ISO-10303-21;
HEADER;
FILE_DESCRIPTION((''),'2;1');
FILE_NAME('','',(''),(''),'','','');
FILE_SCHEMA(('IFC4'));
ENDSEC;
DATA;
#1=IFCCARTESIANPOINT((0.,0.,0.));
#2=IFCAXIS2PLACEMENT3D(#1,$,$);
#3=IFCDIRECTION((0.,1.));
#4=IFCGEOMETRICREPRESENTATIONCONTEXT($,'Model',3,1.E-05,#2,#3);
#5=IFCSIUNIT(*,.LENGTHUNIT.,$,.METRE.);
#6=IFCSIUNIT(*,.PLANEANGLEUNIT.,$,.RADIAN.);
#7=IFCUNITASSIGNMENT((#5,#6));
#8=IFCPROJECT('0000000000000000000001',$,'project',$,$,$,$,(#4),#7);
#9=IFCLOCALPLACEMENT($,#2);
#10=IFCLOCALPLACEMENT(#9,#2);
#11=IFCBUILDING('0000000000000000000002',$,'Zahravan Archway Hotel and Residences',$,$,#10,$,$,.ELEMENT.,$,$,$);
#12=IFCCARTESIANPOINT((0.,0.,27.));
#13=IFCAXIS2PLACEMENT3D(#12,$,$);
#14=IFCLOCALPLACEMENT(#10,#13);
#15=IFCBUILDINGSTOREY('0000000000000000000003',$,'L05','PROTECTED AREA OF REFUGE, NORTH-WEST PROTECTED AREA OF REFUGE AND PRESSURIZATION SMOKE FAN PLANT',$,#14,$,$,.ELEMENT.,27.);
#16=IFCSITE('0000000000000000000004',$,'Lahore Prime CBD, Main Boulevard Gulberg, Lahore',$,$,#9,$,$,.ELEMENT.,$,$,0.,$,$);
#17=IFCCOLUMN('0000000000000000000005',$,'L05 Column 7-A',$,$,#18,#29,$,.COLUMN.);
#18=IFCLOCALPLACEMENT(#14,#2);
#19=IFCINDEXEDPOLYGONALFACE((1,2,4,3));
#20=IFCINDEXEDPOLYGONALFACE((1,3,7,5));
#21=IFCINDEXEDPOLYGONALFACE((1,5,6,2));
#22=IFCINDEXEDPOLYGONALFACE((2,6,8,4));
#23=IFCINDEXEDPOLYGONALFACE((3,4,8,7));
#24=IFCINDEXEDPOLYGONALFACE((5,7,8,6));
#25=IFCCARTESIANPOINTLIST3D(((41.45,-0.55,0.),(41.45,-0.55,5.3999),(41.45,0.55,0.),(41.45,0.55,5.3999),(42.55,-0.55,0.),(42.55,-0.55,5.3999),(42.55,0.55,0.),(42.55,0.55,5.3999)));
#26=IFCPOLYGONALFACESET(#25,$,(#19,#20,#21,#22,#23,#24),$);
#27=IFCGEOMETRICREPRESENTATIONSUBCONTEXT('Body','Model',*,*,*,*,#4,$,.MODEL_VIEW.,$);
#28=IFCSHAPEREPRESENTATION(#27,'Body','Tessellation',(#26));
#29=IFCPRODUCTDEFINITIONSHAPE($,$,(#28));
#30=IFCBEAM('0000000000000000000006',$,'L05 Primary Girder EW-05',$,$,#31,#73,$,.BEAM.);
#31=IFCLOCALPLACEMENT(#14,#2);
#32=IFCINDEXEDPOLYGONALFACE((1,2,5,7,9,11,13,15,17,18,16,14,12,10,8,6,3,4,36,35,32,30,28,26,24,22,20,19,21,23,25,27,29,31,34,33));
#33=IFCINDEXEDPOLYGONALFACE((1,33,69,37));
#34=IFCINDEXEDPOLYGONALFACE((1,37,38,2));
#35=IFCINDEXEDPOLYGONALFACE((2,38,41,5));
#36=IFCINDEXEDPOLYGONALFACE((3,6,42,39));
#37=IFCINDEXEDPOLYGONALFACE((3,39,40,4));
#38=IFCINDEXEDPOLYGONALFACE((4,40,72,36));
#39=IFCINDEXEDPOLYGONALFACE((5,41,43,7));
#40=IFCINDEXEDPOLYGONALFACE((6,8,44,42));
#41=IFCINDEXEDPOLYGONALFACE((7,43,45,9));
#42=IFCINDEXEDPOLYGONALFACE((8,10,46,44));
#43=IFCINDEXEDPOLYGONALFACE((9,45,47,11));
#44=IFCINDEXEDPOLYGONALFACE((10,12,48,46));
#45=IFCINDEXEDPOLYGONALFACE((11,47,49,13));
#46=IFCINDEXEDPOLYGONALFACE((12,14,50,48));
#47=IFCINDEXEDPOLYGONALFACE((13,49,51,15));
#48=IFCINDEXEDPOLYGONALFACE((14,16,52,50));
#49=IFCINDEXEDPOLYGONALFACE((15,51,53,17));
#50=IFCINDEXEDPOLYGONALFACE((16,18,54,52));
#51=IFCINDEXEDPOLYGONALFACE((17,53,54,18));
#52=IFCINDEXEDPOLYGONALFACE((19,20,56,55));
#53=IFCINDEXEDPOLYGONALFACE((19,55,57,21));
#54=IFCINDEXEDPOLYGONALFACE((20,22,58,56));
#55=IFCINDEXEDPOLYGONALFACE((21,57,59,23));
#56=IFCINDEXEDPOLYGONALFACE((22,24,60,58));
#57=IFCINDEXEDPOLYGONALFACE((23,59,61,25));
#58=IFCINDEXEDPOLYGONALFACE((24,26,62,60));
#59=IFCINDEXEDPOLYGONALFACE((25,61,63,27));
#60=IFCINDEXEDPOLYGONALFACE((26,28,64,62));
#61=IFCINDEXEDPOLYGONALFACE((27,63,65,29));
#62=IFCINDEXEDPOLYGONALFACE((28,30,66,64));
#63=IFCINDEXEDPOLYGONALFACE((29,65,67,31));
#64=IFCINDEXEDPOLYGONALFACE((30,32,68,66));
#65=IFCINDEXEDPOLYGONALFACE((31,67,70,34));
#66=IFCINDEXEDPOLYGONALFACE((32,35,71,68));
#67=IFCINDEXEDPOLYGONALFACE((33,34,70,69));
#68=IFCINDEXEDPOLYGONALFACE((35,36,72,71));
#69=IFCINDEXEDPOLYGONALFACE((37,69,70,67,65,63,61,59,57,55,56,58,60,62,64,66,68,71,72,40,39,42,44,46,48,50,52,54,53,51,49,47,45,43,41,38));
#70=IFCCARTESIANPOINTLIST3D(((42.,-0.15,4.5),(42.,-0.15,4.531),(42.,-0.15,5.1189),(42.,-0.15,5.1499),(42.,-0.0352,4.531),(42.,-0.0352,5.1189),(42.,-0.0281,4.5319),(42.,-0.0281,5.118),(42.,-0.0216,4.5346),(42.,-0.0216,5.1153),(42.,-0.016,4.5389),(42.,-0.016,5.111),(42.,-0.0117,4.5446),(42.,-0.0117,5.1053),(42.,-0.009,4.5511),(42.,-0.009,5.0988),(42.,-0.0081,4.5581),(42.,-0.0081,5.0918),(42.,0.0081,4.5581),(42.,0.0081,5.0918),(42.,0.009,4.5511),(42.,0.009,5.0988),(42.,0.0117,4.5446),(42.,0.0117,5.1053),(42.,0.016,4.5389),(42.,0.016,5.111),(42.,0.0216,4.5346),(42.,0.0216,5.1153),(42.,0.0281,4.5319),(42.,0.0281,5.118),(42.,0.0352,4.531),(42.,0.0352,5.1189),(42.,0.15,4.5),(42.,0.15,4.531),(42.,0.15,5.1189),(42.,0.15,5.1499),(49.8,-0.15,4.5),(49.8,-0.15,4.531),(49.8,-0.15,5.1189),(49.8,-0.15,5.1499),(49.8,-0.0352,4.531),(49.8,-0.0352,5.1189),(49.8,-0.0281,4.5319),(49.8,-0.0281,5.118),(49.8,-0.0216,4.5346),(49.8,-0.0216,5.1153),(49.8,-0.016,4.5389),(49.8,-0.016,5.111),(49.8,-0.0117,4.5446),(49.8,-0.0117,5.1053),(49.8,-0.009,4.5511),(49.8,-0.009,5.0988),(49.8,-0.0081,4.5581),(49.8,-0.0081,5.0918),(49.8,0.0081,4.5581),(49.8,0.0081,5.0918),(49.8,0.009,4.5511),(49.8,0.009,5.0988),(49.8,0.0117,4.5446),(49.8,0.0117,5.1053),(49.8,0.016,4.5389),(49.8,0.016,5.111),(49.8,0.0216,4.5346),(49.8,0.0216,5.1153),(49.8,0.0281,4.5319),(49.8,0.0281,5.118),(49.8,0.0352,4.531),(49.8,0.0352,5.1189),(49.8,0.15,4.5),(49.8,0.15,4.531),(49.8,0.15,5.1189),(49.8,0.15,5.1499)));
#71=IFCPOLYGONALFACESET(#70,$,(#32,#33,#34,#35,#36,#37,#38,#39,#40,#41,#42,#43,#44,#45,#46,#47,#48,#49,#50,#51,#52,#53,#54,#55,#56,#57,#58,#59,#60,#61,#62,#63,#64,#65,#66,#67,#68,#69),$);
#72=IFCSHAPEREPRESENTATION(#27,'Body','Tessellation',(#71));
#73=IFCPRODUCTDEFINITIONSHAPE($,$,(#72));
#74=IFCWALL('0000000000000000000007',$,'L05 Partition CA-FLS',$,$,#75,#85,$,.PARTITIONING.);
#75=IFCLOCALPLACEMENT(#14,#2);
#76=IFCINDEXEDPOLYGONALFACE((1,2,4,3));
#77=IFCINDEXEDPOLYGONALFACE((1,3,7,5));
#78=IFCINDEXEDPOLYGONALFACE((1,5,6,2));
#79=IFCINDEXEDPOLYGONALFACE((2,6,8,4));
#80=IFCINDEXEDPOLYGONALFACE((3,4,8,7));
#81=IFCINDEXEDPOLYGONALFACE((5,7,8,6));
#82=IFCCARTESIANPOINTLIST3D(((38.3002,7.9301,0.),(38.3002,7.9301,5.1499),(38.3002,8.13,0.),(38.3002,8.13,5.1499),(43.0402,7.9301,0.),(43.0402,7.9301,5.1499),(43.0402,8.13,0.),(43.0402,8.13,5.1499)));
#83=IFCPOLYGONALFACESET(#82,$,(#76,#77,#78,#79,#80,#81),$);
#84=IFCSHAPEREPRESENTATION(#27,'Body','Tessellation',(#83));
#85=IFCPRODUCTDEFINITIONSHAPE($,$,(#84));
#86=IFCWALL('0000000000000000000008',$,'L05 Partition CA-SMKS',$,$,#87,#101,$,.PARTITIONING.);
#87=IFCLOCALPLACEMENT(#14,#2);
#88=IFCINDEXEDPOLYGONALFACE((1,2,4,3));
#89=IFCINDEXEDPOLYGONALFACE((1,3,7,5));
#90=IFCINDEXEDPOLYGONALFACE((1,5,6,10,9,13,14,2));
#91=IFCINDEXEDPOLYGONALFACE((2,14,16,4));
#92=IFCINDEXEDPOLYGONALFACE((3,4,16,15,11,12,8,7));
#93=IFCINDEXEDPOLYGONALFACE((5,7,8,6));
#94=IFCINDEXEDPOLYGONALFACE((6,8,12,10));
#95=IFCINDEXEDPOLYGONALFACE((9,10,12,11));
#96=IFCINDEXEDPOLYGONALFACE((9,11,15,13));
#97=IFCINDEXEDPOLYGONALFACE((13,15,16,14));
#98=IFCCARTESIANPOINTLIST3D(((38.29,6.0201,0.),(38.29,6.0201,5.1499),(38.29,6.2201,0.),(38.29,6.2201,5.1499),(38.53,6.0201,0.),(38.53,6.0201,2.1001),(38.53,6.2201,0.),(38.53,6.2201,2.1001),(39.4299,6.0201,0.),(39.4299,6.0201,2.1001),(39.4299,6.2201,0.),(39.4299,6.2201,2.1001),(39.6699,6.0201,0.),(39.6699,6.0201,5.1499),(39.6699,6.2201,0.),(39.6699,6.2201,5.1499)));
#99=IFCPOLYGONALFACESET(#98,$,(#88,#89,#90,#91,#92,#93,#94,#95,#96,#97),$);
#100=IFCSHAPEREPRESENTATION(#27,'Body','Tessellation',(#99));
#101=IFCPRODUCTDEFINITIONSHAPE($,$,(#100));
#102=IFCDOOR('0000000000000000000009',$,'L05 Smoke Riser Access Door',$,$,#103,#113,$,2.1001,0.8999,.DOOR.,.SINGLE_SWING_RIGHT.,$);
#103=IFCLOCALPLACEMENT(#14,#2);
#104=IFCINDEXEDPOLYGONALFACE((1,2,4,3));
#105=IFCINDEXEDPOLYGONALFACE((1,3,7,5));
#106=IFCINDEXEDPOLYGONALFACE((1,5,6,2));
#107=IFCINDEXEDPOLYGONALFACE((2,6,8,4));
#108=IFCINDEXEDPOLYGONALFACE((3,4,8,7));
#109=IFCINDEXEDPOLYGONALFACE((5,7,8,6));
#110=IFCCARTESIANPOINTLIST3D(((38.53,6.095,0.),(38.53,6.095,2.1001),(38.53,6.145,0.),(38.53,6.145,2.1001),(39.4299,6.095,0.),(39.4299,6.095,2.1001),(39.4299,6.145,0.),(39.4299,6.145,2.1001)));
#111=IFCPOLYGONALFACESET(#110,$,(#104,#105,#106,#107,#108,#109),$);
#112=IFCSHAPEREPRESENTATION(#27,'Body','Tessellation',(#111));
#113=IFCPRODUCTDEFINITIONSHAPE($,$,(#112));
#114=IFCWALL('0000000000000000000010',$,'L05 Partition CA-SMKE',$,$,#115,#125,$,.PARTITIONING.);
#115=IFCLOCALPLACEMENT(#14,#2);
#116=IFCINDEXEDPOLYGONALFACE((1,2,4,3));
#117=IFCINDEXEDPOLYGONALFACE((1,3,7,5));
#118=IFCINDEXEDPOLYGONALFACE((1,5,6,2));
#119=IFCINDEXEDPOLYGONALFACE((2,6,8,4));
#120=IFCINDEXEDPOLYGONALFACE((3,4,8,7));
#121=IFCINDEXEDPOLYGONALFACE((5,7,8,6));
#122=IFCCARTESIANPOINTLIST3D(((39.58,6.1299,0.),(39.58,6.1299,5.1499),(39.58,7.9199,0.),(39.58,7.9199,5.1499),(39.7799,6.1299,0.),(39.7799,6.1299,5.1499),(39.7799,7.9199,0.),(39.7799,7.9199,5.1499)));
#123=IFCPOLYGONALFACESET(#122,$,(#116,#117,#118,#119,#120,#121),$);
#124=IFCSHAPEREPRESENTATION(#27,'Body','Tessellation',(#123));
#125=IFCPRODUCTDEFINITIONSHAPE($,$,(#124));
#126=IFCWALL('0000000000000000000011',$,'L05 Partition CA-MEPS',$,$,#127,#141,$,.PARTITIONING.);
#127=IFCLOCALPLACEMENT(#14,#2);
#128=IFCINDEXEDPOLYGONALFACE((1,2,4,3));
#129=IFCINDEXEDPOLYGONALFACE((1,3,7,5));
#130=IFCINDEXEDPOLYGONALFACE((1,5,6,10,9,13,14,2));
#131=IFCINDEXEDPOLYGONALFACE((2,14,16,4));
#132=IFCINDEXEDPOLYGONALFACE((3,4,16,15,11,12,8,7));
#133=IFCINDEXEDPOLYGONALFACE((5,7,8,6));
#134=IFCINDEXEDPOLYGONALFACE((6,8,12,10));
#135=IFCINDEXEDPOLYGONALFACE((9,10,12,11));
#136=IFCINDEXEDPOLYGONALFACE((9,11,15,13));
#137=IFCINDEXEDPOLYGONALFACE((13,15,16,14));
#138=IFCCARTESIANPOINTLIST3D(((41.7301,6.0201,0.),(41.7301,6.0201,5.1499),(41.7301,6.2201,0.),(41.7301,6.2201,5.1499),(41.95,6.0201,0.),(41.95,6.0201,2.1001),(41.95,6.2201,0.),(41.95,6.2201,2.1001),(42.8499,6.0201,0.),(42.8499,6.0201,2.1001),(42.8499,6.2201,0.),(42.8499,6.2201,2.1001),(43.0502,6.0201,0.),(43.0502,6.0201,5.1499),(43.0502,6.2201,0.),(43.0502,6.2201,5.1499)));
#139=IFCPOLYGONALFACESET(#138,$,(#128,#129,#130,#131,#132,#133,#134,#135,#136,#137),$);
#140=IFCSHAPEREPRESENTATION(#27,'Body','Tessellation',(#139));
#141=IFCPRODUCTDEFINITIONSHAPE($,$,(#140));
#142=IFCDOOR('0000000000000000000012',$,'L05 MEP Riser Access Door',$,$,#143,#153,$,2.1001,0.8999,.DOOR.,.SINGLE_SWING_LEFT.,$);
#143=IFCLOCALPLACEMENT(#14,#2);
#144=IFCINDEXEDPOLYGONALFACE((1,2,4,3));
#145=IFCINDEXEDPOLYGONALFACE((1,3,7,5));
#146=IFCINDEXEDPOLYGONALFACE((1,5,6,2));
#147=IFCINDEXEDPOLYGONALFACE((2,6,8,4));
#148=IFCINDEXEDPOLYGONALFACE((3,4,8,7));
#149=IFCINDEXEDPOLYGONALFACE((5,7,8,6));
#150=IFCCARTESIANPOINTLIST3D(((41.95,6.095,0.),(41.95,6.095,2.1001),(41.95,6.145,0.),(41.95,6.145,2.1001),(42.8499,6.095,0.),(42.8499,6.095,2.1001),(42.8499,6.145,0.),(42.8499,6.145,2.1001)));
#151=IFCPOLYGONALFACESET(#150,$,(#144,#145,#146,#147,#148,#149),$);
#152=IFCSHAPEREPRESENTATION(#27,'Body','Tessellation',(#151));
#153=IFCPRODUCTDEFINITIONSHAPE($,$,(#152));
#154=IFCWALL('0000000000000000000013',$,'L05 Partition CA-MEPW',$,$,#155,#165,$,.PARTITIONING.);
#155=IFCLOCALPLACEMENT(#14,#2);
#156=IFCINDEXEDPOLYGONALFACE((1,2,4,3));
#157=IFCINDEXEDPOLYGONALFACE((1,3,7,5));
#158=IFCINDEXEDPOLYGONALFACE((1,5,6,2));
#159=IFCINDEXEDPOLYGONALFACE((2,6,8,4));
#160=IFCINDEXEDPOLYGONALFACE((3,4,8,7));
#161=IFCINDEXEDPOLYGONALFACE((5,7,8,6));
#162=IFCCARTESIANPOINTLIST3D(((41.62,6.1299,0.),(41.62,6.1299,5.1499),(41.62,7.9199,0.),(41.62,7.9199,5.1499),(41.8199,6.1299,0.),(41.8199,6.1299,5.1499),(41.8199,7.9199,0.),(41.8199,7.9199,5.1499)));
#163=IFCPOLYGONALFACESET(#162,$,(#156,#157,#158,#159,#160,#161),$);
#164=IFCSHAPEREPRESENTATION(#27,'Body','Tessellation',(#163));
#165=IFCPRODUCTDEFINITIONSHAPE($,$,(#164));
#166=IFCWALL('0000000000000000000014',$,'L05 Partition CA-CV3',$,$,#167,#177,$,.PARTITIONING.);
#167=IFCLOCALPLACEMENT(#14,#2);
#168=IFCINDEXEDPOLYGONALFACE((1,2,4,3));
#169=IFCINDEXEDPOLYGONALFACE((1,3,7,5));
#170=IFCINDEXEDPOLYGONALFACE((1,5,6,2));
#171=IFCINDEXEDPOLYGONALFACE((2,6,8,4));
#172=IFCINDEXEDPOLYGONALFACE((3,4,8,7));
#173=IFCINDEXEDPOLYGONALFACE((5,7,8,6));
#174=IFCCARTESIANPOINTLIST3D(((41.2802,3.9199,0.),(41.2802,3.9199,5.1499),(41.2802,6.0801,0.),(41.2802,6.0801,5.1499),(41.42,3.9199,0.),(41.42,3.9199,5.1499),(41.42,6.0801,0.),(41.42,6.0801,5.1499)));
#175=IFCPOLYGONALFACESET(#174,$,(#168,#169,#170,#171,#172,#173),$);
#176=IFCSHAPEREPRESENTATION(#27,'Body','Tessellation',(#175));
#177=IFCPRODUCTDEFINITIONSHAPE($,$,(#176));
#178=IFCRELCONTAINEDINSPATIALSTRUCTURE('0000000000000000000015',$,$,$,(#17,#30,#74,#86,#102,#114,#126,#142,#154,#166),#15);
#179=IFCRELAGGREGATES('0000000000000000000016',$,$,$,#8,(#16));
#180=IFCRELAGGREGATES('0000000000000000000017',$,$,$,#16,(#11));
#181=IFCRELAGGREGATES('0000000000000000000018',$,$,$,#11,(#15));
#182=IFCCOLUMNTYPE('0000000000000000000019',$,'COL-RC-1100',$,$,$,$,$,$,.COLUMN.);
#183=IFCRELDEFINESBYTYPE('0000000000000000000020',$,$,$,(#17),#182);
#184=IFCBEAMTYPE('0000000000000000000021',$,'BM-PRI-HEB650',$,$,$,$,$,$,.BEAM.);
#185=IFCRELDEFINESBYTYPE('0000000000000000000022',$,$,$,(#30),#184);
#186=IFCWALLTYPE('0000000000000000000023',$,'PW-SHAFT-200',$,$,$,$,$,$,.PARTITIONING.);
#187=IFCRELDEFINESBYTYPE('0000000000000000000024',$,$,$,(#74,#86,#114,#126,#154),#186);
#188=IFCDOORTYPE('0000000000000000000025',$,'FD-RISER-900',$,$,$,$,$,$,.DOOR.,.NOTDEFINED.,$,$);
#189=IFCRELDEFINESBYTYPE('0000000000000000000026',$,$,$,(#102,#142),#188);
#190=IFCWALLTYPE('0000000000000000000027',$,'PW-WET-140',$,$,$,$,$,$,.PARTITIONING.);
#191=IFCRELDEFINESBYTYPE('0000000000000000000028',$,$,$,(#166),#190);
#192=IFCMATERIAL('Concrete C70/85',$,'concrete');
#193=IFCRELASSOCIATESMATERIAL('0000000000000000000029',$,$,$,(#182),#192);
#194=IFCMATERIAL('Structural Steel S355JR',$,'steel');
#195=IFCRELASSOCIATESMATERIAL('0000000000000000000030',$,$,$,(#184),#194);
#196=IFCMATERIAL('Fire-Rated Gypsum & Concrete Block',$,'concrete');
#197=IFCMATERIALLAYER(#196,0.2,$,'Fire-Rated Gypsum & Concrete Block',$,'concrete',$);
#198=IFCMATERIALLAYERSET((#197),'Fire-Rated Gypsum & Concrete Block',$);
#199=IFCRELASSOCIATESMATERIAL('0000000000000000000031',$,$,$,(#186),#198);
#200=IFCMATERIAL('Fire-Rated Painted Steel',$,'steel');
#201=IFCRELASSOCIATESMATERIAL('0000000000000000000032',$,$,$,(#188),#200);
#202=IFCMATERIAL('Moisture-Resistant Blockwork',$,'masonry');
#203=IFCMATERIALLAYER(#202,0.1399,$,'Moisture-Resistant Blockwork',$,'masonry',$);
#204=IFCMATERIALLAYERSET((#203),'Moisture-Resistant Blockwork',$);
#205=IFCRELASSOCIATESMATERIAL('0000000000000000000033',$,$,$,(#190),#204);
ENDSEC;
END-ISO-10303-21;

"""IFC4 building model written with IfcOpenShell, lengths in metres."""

from ifc_helpers import new_model, si_unit, direction, frame, frame_2d, origin, origin_2d, place, context, subcontext, project, spatial, rectangle, i_section, extrude, source, transform, mapped, material, layer, layer_set, material_profile, profile_set, type_object, type_shapes, element, fill, save


model = new_model("IFC4")

# Units and contexts
model_context = context("Model", 3, precision=1e-05, world=origin(), true_north=direction((0.0, 1.0)))
body_context = subcontext(model_context, "Body", "Model", "MODEL_VIEW")
ifc_project = project(units=[si_unit("LENGTHUNIT", "METRE"), si_unit("PLANEANGLEUNIT", "RADIAN")], contexts=[model_context])

# Site, building, storey
site_placement = place(None, origin())
site = spatial("IfcSite", under=ifc_project, at=site_placement, Name="Lahore Prime CBD, Main Boulevard Gulberg, Lahore", CompositionType="ELEMENT", RefElevation=0.0)
building_placement = place(site_placement, origin())
building = spatial("IfcBuilding", under=site, at=building_placement, Name="Zahravan Archway Hotel and Residences", CompositionType="ELEMENT")
storey_placement = place(building_placement, frame((0.0, 0.0, 27.0)))
storey = spatial("IfcBuildingStorey", under=building, at=storey_placement, Name="L05", Description="PROTECTED AREA OF REFUGE, NORTH-WEST PROTECTED AREA OF REFUGE AND PRESSURIZATION SMOKE FAN PLANT", CompositionType="ELEMENT", Elevation=27.0)

# Column
ifc_material_1 = material(Name="Concrete C70/85", Category="concrete")
ifc_material_profile_1 = material_profile(ifc_material_1, rectangle(XDim=1.1001, YDim=1.1001, at=origin_2d()), Name="RC 1100x1100", Category="concrete")
ifc_profile_set_1 = profile_set([ifc_material_profile_1], Name="Concrete C70/85")
column_type = type_object("IfcColumnType", Name="COL-RC-1100", PredefinedType="COLUMN", material=ifc_profile_set_1)
shared_shape_1 = source(origin(), body_context, "Body", "SweptSolid", [
    extrude(rectangle(XDim=1.1001, YDim=1.1001, at=origin_2d()), origin(), (0.0, 0.0, 1.0), 5.3999),
])
column_placement = place(storey_placement, frame((42.0, 0.0, 0.0), z_axis=(0.0, 0.0, 1.0), x_axis=(1.0, 0.0, 0.0)))
element("IfcColumn", 1, at=column_placement, inside=storey, type_object=column_type, Name="L05 Column 7-A", PredefinedType="COLUMN", context=body_context, shape_type="MappedRepresentation", body=[
    mapped(shared_shape_1, transform((0.0, 0.0, 0.0), scale=1.0)),
])

# Beam
ifc_material_2 = material(Name="Structural Steel S355JR", Category="steel")
ifc_material_profile_2 = material_profile(ifc_material_2, i_section(OverallWidth=0.3, OverallDepth=0.6499, WebThickness=0.0161, FlangeThickness=0.031, FilletRadius=0.0271, at=origin_2d()), Name="HEB 650", Category="steel")
ifc_profile_set_2 = profile_set([ifc_material_profile_2], Name="Structural Steel S355JR")
beam_type = type_object("IfcBeamType", Name="BM-PRI-HEB650", PredefinedType="BEAM", material=ifc_profile_set_2)
shared_shape_2 = source(origin(), body_context, "Body", "SweptSolid", [
    extrude(i_section(OverallWidth=0.3, OverallDepth=0.6499, WebThickness=0.0161, FlangeThickness=0.031, FilletRadius=0.0271, at=origin_2d()), origin(), (0.0, 0.0, 1.0), 7.8),
])
beam_placement = place(storey_placement, frame((42.0, 0.0, 4.825), z_axis=(1.0, 0.0, 0.0), x_axis=(0.0, 1.0, 0.0)))
element("IfcBeam", 2, at=beam_placement, inside=storey, type_object=beam_type, Name="L05 Primary Girder EW-05", PredefinedType="BEAM", context=body_context, shape_type="MappedRepresentation", body=[
    mapped(shared_shape_2, transform((0.0, 0.0, 0.0), scale=1.0)),
])

# Wall
ifc_material_3 = material(Name="Fire-Rated Gypsum & Concrete Block", Category="concrete")
ifc_layer_1 = layer(ifc_material_3, 0.2, Name="Fire-Rated Gypsum & Concrete Block", Category="concrete")
ifc_layer_set_1 = layer_set([ifc_layer_1], Name="Fire-Rated Gypsum & Concrete Block")
wall_type_1 = type_object("IfcWallType", Name="PW-SHAFT-200", PredefinedType="PARTITIONING", material=ifc_layer_set_1)
wall_1_placement = place(storey_placement, frame((38.3, 8.03, 0.0), z_axis=(0.0, 0.0, 1.0), x_axis=(1.0, 0.0, 0.0)))
element("IfcWall", 3, at=wall_1_placement, inside=storey, type_object=wall_type_1, Name="L05 Partition CA-FLS", PredefinedType="PARTITIONING", context=body_context, shape_type="SweptSolid", body=[
    extrude(rectangle(XDim=4.74, YDim=0.2, at=frame_2d((2.3701, 0.0))), origin(), (0.0, 0.0, 1.0), 5.1499),
])

# Wall, opening, door
wall_2_placement = place(storey_placement, frame((38.29, 6.1201, 0.0), z_axis=(0.0, 0.0, 1.0), x_axis=(1.0, 0.0, 0.0)))
wall_2 = element("IfcWall", 4, at=wall_2_placement, inside=storey, type_object=wall_type_1, Name="L05 Partition CA-SMKS", PredefinedType="PARTITIONING", context=body_context, shape_type="SweptSolid", body=[
    extrude(rectangle(XDim=1.3799, YDim=0.2, at=frame_2d((0.6899, 0.0))), origin(), (0.0, 0.0, 1.0), 5.1499),
])
opening_1_placement = place(wall_2_placement, frame((0.24, 0.0, 0.0)))
opening_1 = element("IfcOpeningElement", 5, at=opening_1_placement, cuts=wall_2, PredefinedType="OPENING", context=body_context, shape_type="SweptSolid", body=[
    extrude(rectangle(XDim=0.8999, YDim=2.1001, at=frame_2d((0.45, 1.05))), frame((0.0, 0.1099, 0.0), z_axis=(0.0, -1.0, 0.0), x_axis=(1.0, 0.0, 0.0)), (0.0, 0.0, 1.0), 0.22),
])
ifc_material_4 = material(Name="Fire-Rated Painted Steel", Category="steel")
door_type = type_object("IfcDoorType", Name="FD-RISER-900", OperationType="NOTDEFINED", PredefinedType="DOOR", material=ifc_material_4)
shared_shape_3 = source(origin(), body_context, "Body", "SweptSolid", [
    extrude(rectangle(XDim=0.8999, YDim=2.1001, at=frame_2d((0.45, 1.05))), frame((0.0, 0.0249, 0.0), z_axis=(0.0, -1.0, 0.0), x_axis=(1.0, 0.0, 0.0)), (0.0, 0.0, 1.0), 0.05),
])
type_shapes(door_type, [shared_shape_3])
door_1_placement = place(opening_1_placement, origin())
door_1 = element("IfcDoor", 6, at=door_1_placement, inside=storey, type_object=door_type, Name="L05 Smoke Riser Access Door", OperationType="SINGLE_SWING_RIGHT", OverallHeight=2.1001, OverallWidth=0.8999, PredefinedType="DOOR", context=body_context, shape_type="MappedRepresentation", body=[
    mapped(shared_shape_3, transform((0.0, 0.0, 0.0), scale=1.0)),
])
fill(opening_1, door_1)

# Wall
wall_3_placement = place(storey_placement, frame((39.6799, 6.1299, 0.0), z_axis=(0.0, 0.0, 1.0), x_axis=(0.0, 1.0, 0.0)))
element("IfcWall", 7, at=wall_3_placement, inside=storey, type_object=wall_type_1, Name="L05 Partition CA-SMKE", PredefinedType="PARTITIONING", context=body_context, shape_type="SweptSolid", body=[
    extrude(rectangle(XDim=1.79, YDim=0.2, at=frame_2d((0.895, 0.0))), origin(), (0.0, 0.0, 1.0), 5.1499),
])

# Wall, opening, door
wall_4_placement = place(storey_placement, frame((41.73, 6.1201, 0.0), z_axis=(0.0, 0.0, 1.0), x_axis=(1.0, 0.0, 0.0)))
wall_4 = element("IfcWall", 8, at=wall_4_placement, inside=storey, type_object=wall_type_1, Name="L05 Partition CA-MEPS", PredefinedType="PARTITIONING", context=body_context, shape_type="SweptSolid", body=[
    extrude(rectangle(XDim=1.3201, YDim=0.2, at=frame_2d((0.6602, 0.0))), origin(), (0.0, 0.0, 1.0), 5.1499),
])
opening_2_placement = place(wall_4_placement, frame((0.22, 0.0, 0.0)))
opening_2 = element("IfcOpeningElement", 9, at=opening_2_placement, cuts=wall_4, PredefinedType="OPENING", context=body_context, shape_type="SweptSolid", body=[
    extrude(rectangle(XDim=0.8999, YDim=2.1001, at=frame_2d((0.45, 1.05))), frame((0.0, 0.1099, 0.0), z_axis=(0.0, -1.0, 0.0), x_axis=(1.0, 0.0, 0.0)), (0.0, 0.0, 1.0), 0.22),
])
door_2_placement = place(opening_2_placement, origin())
door_2 = element("IfcDoor", 10, at=door_2_placement, inside=storey, type_object=door_type, Name="L05 MEP Riser Access Door", OperationType="SINGLE_SWING_LEFT", OverallHeight=2.1001, OverallWidth=0.8999, PredefinedType="DOOR", context=body_context, shape_type="MappedRepresentation", body=[
    mapped(shared_shape_3, transform((0.0, 0.0, 0.0), scale=1.0)),
])
fill(opening_2, door_2)

# Walls
wall_5_placement = place(storey_placement, frame((41.72, 6.1299, 0.0), z_axis=(0.0, 0.0, 1.0), x_axis=(0.0, 1.0, 0.0)))
element("IfcWall", 11, at=wall_5_placement, inside=storey, type_object=wall_type_1, Name="L05 Partition CA-MEPW", PredefinedType="PARTITIONING", context=body_context, shape_type="SweptSolid", body=[
    extrude(rectangle(XDim=1.79, YDim=0.2, at=frame_2d((0.895, 0.0))), origin(), (0.0, 0.0, 1.0), 5.1499),
])
ifc_material_5 = material(Name="Moisture-Resistant Blockwork", Category="masonry")
ifc_layer_2 = layer(ifc_material_5, 0.1399, Name="Moisture-Resistant Blockwork", Category="masonry")
ifc_layer_set_2 = layer_set([ifc_layer_2], Name="Moisture-Resistant Blockwork")
wall_type_2 = type_object("IfcWallType", Name="PW-WET-140", PredefinedType="PARTITIONING", material=ifc_layer_set_2)
wall_6_placement = place(storey_placement, frame((41.3501, 3.9199, 0.0), z_axis=(0.0, 0.0, 1.0), x_axis=(0.0, 1.0, 0.0)))
element("IfcWall", 12, at=wall_6_placement, inside=storey, type_object=wall_type_2, Name="L05 Partition CA-CV3", PredefinedType="PARTITIONING", context=body_context, shape_type="SweptSolid", body=[
    extrude(rectangle(XDim=2.1602, YDim=0.1399, at=frame_2d((1.0801, 0.0))), origin(), (0.0, 0.0, 1.0), 5.1499),
])

save(model, "model.ifc")
